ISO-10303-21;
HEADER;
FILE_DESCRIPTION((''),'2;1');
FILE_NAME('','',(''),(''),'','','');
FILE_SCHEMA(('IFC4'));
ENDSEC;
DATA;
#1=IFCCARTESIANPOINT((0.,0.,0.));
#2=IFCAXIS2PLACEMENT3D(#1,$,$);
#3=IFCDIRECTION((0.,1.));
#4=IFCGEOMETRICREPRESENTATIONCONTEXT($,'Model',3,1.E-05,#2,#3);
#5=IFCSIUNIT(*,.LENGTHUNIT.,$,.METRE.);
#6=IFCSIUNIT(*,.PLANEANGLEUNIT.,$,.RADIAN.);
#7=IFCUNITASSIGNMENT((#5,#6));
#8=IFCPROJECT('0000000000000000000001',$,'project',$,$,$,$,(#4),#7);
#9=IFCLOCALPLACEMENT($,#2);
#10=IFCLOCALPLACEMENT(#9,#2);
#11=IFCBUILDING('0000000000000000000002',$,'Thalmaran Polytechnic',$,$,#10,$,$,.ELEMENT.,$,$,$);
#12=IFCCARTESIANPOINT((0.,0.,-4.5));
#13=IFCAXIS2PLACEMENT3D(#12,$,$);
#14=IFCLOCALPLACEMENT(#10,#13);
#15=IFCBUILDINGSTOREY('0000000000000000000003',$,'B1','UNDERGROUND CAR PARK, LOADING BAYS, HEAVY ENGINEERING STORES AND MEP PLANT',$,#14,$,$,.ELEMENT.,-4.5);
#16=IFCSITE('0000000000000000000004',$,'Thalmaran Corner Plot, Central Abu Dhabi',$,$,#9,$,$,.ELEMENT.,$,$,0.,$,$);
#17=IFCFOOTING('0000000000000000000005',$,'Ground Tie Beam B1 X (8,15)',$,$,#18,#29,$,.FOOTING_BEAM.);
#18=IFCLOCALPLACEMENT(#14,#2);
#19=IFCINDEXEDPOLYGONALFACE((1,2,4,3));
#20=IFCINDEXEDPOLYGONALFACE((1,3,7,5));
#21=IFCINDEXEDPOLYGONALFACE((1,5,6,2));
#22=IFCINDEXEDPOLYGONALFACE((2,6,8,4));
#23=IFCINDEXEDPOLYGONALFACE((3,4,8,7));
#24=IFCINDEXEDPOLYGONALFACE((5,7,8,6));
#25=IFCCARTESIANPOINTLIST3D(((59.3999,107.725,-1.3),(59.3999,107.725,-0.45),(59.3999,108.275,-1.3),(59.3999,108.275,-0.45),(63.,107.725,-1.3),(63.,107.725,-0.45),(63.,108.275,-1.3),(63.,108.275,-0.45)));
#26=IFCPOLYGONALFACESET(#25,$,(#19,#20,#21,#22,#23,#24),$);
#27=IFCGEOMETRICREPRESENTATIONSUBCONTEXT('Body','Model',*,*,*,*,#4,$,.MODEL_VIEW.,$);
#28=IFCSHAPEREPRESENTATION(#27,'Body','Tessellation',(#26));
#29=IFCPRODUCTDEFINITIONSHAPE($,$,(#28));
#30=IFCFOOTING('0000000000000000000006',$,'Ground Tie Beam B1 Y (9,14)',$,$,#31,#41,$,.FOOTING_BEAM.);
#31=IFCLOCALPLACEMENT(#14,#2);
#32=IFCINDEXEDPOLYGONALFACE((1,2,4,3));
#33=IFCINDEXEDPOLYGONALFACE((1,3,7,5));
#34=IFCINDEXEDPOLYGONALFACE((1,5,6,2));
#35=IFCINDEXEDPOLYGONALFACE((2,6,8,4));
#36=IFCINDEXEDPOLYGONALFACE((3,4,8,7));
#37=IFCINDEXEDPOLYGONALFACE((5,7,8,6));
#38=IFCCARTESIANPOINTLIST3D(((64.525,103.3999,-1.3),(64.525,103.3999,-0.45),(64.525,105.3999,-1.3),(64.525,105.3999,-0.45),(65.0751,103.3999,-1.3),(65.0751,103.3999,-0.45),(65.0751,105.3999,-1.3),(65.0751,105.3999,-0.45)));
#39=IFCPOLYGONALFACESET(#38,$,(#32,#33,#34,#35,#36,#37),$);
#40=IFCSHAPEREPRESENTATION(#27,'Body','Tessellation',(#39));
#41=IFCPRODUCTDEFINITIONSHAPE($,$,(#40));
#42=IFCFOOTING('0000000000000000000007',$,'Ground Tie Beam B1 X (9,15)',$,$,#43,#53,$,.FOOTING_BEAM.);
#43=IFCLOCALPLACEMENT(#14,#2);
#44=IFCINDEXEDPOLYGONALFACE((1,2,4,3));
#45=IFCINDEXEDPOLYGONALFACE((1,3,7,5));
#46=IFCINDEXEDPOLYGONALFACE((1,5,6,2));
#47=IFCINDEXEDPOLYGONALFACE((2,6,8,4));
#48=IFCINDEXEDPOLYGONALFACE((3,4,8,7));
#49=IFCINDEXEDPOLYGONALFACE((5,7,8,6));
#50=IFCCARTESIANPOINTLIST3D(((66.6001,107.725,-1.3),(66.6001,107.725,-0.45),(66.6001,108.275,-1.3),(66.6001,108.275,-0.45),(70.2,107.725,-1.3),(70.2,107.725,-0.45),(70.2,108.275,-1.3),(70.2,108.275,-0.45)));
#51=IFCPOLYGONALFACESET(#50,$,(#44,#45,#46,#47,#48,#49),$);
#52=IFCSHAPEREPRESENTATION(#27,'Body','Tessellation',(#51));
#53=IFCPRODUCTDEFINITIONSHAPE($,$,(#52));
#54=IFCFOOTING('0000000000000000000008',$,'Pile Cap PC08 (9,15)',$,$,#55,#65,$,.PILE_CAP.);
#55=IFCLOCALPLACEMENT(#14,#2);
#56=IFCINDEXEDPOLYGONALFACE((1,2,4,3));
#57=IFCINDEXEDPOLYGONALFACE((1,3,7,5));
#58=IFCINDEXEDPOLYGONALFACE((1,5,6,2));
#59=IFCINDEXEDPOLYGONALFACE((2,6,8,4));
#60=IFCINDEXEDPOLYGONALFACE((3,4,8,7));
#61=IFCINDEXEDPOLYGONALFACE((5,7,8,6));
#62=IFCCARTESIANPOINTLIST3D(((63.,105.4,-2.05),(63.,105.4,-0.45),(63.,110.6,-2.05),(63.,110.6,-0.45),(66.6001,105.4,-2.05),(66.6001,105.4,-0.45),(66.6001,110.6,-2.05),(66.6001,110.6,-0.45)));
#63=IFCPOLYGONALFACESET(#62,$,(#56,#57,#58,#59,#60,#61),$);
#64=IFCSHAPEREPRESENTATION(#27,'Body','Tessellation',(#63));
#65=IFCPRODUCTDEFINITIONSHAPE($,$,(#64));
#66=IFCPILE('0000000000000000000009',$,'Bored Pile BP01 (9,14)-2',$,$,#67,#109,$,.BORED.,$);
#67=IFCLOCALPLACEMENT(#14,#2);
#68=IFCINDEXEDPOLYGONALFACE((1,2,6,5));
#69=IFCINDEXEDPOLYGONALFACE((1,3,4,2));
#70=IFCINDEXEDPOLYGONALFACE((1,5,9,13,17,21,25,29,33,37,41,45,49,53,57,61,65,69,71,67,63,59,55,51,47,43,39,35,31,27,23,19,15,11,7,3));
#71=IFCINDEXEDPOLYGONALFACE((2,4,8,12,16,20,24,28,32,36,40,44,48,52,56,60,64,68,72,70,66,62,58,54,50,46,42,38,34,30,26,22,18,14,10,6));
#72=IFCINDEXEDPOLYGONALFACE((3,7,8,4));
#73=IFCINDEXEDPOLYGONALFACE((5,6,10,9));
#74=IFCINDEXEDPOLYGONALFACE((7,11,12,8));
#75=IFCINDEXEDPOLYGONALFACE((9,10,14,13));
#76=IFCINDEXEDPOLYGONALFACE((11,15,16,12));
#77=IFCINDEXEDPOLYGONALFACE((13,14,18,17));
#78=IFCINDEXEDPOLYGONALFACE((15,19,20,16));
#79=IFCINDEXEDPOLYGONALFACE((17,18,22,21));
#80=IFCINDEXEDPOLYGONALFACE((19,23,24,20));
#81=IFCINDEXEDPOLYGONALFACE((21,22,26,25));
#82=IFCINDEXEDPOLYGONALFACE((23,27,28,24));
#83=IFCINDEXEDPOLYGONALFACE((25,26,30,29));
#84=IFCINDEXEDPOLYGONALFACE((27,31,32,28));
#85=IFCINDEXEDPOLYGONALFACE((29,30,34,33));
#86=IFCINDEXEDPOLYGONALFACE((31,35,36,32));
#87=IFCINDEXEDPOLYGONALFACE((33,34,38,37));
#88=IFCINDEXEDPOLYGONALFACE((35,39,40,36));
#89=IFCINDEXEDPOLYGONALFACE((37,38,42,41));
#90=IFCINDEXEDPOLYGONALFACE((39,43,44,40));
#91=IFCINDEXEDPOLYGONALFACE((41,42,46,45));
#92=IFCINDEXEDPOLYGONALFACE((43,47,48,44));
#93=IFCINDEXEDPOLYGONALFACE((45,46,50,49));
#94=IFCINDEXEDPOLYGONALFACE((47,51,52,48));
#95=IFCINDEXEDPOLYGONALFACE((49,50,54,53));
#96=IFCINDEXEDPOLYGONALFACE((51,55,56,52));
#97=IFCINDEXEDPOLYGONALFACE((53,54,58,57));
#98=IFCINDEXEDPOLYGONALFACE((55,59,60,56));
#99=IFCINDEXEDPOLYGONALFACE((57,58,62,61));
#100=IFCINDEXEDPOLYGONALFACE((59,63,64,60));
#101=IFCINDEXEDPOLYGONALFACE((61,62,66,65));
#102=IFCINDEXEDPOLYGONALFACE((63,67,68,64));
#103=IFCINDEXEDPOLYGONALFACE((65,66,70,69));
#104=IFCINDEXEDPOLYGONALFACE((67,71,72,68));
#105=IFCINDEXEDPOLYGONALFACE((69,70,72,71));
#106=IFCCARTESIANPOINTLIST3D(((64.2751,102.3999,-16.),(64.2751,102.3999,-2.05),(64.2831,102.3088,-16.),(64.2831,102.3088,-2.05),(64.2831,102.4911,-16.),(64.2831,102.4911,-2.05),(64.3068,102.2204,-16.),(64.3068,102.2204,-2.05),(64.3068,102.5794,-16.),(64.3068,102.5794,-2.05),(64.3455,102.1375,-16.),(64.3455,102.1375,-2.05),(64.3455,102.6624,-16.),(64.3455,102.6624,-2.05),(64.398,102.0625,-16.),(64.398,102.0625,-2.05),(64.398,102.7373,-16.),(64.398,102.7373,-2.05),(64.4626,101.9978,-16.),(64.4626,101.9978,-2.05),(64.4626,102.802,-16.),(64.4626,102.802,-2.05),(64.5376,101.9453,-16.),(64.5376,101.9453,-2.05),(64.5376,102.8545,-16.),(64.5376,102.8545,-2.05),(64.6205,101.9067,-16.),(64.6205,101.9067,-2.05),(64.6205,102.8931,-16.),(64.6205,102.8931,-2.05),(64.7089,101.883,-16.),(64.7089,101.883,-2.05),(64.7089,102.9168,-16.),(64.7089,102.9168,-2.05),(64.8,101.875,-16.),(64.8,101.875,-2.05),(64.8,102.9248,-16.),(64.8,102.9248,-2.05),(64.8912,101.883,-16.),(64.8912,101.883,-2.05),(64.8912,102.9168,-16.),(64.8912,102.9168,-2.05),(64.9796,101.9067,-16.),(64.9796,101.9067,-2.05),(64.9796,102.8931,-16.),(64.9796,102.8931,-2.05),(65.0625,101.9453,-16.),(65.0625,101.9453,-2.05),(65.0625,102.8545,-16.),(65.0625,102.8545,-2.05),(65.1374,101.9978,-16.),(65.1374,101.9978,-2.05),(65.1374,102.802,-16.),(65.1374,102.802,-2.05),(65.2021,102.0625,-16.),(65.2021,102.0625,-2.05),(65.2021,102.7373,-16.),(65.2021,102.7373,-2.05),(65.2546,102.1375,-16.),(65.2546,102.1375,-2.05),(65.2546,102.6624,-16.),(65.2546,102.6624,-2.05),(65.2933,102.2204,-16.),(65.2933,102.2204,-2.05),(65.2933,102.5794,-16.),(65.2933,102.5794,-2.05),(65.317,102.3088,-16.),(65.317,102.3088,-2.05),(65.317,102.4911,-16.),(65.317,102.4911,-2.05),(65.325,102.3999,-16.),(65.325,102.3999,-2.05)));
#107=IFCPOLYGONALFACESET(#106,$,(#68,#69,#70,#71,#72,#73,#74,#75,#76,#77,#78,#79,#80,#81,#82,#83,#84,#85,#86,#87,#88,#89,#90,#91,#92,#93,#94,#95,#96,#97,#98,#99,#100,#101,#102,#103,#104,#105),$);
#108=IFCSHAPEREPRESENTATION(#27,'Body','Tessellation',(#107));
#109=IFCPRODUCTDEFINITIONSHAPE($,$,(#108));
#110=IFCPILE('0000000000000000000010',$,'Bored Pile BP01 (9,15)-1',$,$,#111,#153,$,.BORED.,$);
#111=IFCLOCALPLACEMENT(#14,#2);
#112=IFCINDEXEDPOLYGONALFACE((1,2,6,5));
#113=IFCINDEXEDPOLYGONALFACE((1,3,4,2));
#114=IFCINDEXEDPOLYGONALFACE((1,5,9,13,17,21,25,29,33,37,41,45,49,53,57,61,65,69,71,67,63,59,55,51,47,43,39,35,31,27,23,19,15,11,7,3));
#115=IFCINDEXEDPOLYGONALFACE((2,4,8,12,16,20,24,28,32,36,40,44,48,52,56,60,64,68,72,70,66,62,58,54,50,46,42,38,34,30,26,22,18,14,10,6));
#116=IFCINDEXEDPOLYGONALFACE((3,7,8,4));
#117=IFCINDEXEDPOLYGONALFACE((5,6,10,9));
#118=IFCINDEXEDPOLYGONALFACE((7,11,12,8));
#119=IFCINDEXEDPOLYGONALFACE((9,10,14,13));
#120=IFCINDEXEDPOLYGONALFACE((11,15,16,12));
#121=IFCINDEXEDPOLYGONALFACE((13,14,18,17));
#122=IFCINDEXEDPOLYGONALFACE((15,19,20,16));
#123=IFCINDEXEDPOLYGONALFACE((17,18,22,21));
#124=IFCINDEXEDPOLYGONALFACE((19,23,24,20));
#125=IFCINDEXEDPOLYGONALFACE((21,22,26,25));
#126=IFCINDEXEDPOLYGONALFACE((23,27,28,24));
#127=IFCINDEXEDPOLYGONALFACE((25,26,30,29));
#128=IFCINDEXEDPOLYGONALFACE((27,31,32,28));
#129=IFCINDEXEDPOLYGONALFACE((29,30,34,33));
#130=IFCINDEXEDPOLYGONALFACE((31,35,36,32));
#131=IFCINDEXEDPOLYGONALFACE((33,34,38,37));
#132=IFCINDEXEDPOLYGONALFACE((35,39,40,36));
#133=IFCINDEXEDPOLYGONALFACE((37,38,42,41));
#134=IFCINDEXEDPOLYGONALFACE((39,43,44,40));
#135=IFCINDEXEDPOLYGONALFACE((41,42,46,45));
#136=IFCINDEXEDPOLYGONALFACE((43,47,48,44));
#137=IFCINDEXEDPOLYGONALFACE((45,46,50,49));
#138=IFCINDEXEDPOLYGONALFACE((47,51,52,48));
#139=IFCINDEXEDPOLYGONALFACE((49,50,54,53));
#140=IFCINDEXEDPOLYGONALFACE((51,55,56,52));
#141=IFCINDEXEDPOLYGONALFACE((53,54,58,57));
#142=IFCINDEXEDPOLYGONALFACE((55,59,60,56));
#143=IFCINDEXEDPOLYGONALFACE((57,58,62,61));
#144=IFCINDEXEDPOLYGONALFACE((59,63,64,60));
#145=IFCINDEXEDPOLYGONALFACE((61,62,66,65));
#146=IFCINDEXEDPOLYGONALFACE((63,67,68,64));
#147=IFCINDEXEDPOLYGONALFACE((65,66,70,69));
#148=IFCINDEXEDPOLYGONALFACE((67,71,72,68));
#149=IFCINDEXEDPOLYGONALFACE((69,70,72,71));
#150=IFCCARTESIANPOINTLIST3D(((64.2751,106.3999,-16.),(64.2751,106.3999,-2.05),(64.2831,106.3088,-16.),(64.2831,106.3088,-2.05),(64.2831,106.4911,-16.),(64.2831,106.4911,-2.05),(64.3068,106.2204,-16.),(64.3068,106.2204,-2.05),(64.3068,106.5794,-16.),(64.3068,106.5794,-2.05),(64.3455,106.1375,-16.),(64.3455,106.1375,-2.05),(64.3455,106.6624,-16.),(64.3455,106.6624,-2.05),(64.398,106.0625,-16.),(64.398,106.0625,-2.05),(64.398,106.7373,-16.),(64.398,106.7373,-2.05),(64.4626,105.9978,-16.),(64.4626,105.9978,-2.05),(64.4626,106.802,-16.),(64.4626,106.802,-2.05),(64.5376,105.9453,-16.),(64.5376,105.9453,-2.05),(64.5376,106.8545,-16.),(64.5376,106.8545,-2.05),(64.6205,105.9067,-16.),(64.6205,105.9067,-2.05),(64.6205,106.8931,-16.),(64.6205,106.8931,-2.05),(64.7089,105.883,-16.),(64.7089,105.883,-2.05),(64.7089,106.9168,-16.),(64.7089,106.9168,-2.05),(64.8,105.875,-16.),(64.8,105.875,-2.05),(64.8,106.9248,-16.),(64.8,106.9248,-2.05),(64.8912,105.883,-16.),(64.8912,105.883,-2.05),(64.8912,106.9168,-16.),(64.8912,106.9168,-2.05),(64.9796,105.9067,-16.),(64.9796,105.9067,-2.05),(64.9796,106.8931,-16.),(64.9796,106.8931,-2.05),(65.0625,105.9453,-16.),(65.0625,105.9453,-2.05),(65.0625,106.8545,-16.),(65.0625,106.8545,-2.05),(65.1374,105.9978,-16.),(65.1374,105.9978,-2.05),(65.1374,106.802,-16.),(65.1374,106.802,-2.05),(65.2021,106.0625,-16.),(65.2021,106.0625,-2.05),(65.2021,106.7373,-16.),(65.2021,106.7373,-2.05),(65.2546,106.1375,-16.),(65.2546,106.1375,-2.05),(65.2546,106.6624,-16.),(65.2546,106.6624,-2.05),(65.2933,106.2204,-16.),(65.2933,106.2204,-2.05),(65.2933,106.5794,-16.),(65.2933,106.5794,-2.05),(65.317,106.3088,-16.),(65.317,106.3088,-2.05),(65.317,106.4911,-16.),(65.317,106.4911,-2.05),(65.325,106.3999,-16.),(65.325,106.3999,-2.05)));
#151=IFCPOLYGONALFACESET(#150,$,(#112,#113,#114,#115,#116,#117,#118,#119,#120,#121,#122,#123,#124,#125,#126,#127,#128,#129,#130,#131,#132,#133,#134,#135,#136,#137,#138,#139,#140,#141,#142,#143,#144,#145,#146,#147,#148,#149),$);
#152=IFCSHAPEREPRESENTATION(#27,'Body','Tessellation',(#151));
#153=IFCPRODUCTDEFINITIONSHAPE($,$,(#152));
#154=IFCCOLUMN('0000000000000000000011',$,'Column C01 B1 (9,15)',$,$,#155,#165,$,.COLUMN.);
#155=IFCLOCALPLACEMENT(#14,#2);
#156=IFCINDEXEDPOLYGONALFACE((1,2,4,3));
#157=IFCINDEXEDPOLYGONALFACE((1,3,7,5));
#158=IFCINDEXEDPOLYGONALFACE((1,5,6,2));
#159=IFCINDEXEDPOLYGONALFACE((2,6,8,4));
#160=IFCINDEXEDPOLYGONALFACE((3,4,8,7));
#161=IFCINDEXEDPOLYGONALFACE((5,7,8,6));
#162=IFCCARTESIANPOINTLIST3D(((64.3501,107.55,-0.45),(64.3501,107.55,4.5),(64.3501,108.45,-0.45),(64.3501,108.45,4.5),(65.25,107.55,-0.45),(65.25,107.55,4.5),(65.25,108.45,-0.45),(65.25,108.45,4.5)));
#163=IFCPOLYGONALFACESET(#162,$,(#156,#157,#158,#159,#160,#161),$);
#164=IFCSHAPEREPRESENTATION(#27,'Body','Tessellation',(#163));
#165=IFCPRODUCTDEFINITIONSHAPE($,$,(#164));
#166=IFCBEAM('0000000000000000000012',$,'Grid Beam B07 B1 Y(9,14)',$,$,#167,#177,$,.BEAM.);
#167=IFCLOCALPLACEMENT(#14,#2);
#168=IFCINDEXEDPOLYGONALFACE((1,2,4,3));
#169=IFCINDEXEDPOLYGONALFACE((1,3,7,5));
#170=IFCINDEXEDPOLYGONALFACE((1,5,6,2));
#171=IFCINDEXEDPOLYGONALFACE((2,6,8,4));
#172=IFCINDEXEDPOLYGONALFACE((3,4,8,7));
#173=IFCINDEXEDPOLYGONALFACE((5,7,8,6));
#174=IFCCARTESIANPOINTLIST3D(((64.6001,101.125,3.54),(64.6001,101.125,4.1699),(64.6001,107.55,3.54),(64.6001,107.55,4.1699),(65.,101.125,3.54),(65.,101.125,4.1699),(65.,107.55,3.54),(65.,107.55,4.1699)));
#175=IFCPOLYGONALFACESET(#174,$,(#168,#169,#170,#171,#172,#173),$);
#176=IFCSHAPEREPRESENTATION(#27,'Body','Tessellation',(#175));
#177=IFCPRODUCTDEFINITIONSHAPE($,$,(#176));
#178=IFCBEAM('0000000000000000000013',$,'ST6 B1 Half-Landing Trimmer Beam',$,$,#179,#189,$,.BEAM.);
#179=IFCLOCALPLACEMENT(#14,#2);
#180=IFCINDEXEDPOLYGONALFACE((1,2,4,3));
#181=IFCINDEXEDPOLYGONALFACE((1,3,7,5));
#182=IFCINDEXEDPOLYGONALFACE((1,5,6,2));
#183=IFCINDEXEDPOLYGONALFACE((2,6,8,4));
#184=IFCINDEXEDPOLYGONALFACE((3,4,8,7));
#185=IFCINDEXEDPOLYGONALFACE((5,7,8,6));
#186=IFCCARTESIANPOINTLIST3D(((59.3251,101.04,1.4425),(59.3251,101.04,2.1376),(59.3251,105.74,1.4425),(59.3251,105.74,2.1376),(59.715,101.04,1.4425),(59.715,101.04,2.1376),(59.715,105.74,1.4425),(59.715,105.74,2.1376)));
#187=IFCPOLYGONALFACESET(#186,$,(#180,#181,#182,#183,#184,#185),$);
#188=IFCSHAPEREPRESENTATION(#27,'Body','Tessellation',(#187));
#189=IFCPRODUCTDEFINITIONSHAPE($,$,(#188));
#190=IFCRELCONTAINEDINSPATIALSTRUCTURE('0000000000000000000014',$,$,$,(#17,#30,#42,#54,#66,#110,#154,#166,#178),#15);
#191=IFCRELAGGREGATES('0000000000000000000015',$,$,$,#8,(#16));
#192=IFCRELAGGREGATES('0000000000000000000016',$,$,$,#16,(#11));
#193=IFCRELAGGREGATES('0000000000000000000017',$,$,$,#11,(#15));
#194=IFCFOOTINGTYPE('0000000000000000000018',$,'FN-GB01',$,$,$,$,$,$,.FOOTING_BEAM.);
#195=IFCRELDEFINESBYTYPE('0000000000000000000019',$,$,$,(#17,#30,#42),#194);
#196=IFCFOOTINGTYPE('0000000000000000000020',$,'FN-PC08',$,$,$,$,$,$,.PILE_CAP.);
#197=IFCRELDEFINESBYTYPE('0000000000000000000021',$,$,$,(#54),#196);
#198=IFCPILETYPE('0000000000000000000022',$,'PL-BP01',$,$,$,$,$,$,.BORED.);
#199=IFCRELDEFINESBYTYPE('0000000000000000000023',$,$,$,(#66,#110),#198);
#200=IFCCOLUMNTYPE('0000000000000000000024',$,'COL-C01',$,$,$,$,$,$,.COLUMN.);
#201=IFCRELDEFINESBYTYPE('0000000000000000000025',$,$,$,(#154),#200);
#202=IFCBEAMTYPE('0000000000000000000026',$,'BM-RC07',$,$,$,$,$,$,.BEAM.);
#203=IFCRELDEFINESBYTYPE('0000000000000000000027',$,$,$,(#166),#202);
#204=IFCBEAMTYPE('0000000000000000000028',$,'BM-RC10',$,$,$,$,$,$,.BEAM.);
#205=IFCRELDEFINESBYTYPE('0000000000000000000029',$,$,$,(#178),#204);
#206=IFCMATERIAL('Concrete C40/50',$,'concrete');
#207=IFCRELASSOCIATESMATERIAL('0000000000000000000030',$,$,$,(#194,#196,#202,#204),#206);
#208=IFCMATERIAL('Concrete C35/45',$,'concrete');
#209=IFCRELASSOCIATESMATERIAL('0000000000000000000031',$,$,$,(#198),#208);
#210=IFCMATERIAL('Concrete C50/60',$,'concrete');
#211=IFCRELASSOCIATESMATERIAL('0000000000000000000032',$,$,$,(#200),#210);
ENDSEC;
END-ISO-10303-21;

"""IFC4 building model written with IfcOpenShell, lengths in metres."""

from ifc_helpers import new_model, si_unit, direction, frame, origin, origin_2d, place, context, subcontext, project, spatial, rectangle, circle, extrude, material, material_profile, profile_set, type_object, element, save


model = new_model("IFC4")

# Units and contexts
model_context = context("Model", 3, precision=1e-05, world=origin(), true_north=direction((0.0, 1.0)))
body_context = subcontext(model_context, "Body", "Model", "MODEL_VIEW")
ifc_project = project(units=[si_unit("LENGTHUNIT", "METRE"), si_unit("PLANEANGLEUNIT", "RADIAN")], contexts=[model_context])

# Site, building, storey
site_placement = place(None, origin())
site = spatial("IfcSite", under=ifc_project, at=site_placement, Name="Thalmaran Corner Plot, Central Abu Dhabi", CompositionType="ELEMENT", RefElevation=0.0)
building_placement = place(site_placement, origin())
building = spatial("IfcBuilding", under=site, at=building_placement, Name="Thalmaran Polytechnic", CompositionType="ELEMENT")
storey_placement = place(building_placement, frame((0.0, 0.0, -4.5)))
storey = spatial("IfcBuildingStorey", under=building, at=storey_placement, Name="B1", Description="UNDERGROUND CAR PARK, LOADING BAYS, HEAVY ENGINEERING STORES AND MEP PLANT", CompositionType="ELEMENT", Elevation=-4.5)

# Footings
ifc_material_1 = material(Name="Concrete C40/50", Category="concrete")
ifc_material_profile_1 = material_profile(ifc_material_1, rectangle(XDim=0.55, YDim=0.8501, at=origin_2d()), Name="RC 550x850")
ifc_profile_set_1 = profile_set([ifc_material_profile_1], Name="Concrete C40/50")
footing_type_1 = type_object("IfcFootingType", Name="FN-GB01", PredefinedType="FOOTING_BEAM", material=ifc_profile_set_1)
footing_1_placement = place(storey_placement, frame((59.3999, 108.0, -0.875), z_axis=(1.0, 0.0, 0.0), x_axis=(0.0, 1.0, 0.0)))
element("IfcFooting", 1, at=footing_1_placement, inside=storey, type_object=footing_type_1, Name="Ground Tie Beam B1 X (8,15)", PredefinedType="FOOTING_BEAM", context=body_context, shape_type="SweptSolid", body=[
    extrude(rectangle(XDim=0.55, YDim=0.8501, at=origin_2d()), origin(), (0.0, 0.0, 1.0), 3.6001),
])
footing_2_placement = place(storey_placement, frame((64.8, 103.3999, -0.875), z_axis=(0.0, 1.0, 0.0), x_axis=(-1.0, 0.0, 0.0)))
element("IfcFooting", 2, at=footing_2_placement, inside=storey, type_object=footing_type_1, Name="Ground Tie Beam B1 Y (9,14)", PredefinedType="FOOTING_BEAM", context=body_context, shape_type="SweptSolid", body=[
    extrude(rectangle(XDim=0.55, YDim=0.8501, at=origin_2d()), origin(), (0.0, 0.0, 1.0), 2.0),
])
footing_3_placement = place(storey_placement, frame((66.6001, 108.0, -0.875), z_axis=(1.0, 0.0, 0.0), x_axis=(0.0, 1.0, 0.0)))
element("IfcFooting", 3, at=footing_3_placement, inside=storey, type_object=footing_type_1, Name="Ground Tie Beam B1 X (9,15)", PredefinedType="FOOTING_BEAM", context=body_context, shape_type="SweptSolid", body=[
    extrude(rectangle(XDim=0.55, YDim=0.8501, at=origin_2d()), origin(), (0.0, 0.0, 1.0), 3.5999),
])
footing_type_2 = type_object("IfcFootingType", Name="FN-PC08", PredefinedType="PILE_CAP", material=ifc_material_1)
footing_4_placement = place(storey_placement, frame((64.8, 108.0, -2.05), z_axis=(0.0, 0.0, 1.0), x_axis=(1.0, 0.0, 0.0)))
element("IfcFooting", 4, at=footing_4_placement, inside=storey, type_object=footing_type_2, Name="Pile Cap PC08 (9,15)", PredefinedType="PILE_CAP", context=body_context, shape_type="SweptSolid", body=[
    extrude(rectangle(XDim=3.6001, YDim=5.2, at=origin_2d()), origin(), (0.0, 0.0, 1.0), 1.6001),
])

# Piles
ifc_material_2 = material(Name="Concrete C35/45", Category="concrete")
ifc_material_profile_2 = material_profile(ifc_material_2, circle(Radius=0.5249, at=origin_2d()), Name="RC 1050 DIA")
ifc_profile_set_2 = profile_set([ifc_material_profile_2], Name="Concrete C35/45")
pile_type = type_object("IfcPileType", Name="PL-BP01", PredefinedType="BORED", material=ifc_profile_set_2)
for number, where, z_axis, x_axis, name in (
    (5, (64.8, 102.3999, -2.05), (0.0, 0.0, -1.0), (1.0, 0.0, 0.0), "Bored Pile BP01 (9,14)-2"),
    (6, (64.8, 106.3999, -2.05), (0.0, 0.0, -1.0), (1.0, 0.0, 0.0), "Bored Pile BP01 (9,15)-1"),
):
    element("IfcPile", number, at=place(storey_placement, frame(where, z_axis=z_axis, x_axis=x_axis)), inside=storey, type_object=pile_type, Name=name, PredefinedType="BORED", context=body_context, shape_type="SweptSolid", body=[
        extrude(circle(Radius=0.5249, at=origin_2d()), origin(), (0.0, 0.0, 1.0), 13.95),
    ])

# Column
ifc_material_3 = material(Name="Concrete C50/60", Category="concrete")
ifc_material_profile_3 = material_profile(ifc_material_3, rectangle(XDim=0.8999, YDim=0.8999, at=origin_2d()), Name="RC 900x900")
ifc_profile_set_3 = profile_set([ifc_material_profile_3], Name="Concrete C50/60")
column_type = type_object("IfcColumnType", Name="COL-C01", PredefinedType="COLUMN", material=ifc_profile_set_3)
column_placement = place(storey_placement, frame((64.8, 108.0, -0.45), z_axis=(0.0, 0.0, 1.0), x_axis=(1.0, 0.0, 0.0)))
element("IfcColumn", 7, at=column_placement, inside=storey, type_object=column_type, Name="Column C01 B1 (9,15)", PredefinedType="COLUMN", context=body_context, shape_type="SweptSolid", body=[
    extrude(rectangle(XDim=0.8999, YDim=0.8999, at=origin_2d()), origin(), (0.0, 0.0, 1.0), 4.95),
])

# Beams
ifc_material_profile_4 = material_profile(ifc_material_1, rectangle(XDim=0.3999, YDim=0.6299, at=origin_2d()), Name="RC 400x630")
ifc_profile_set_4 = profile_set([ifc_material_profile_4], Name="Concrete C40/50")
beam_type_1 = type_object("IfcBeamType", Name="BM-RC07", PredefinedType="BEAM", material=ifc_profile_set_4)
beam_1_placement = place(storey_placement, frame((64.8, 101.125, 3.855), z_axis=(0.0, 1.0, 0.0), x_axis=(-1.0, 0.0, 0.0)))
element("IfcBeam", 8, at=beam_1_placement, inside=storey, type_object=beam_type_1, Name="Grid Beam B07 B1 Y(9,14)", PredefinedType="BEAM", context=body_context, shape_type="SweptSolid", body=[
    extrude(rectangle(XDim=0.3999, YDim=0.6299, at=origin_2d()), origin(), (0.0, 0.0, 1.0), 6.425),
])
ifc_material_profile_5 = material_profile(ifc_material_1, rectangle(XDim=0.3899, YDim=0.6951, at=origin_2d()), Name="RC 390x695")
ifc_profile_set_5 = profile_set([ifc_material_profile_5], Name="Concrete C40/50")
beam_type_2 = type_object("IfcBeamType", Name="BM-RC10", PredefinedType="BEAM", material=ifc_profile_set_5)
beam_2_placement = place(storey_placement, frame((59.52, 101.04, 1.79), z_axis=(0.0, 1.0, 0.0), x_axis=(-1.0, 0.0, 0.0)))
element("IfcBeam", 9, at=beam_2_placement, inside=storey, type_object=beam_type_2, Name="ST6 B1 Half-Landing Trimmer Beam", PredefinedType="BEAM", context=body_context, shape_type="SweptSolid", body=[
    extrude(rectangle(XDim=0.3899, YDim=0.6951, at=origin_2d()), origin(), (0.0, 0.0, 1.0), 4.7),
])

save(model, "model.ifc")
